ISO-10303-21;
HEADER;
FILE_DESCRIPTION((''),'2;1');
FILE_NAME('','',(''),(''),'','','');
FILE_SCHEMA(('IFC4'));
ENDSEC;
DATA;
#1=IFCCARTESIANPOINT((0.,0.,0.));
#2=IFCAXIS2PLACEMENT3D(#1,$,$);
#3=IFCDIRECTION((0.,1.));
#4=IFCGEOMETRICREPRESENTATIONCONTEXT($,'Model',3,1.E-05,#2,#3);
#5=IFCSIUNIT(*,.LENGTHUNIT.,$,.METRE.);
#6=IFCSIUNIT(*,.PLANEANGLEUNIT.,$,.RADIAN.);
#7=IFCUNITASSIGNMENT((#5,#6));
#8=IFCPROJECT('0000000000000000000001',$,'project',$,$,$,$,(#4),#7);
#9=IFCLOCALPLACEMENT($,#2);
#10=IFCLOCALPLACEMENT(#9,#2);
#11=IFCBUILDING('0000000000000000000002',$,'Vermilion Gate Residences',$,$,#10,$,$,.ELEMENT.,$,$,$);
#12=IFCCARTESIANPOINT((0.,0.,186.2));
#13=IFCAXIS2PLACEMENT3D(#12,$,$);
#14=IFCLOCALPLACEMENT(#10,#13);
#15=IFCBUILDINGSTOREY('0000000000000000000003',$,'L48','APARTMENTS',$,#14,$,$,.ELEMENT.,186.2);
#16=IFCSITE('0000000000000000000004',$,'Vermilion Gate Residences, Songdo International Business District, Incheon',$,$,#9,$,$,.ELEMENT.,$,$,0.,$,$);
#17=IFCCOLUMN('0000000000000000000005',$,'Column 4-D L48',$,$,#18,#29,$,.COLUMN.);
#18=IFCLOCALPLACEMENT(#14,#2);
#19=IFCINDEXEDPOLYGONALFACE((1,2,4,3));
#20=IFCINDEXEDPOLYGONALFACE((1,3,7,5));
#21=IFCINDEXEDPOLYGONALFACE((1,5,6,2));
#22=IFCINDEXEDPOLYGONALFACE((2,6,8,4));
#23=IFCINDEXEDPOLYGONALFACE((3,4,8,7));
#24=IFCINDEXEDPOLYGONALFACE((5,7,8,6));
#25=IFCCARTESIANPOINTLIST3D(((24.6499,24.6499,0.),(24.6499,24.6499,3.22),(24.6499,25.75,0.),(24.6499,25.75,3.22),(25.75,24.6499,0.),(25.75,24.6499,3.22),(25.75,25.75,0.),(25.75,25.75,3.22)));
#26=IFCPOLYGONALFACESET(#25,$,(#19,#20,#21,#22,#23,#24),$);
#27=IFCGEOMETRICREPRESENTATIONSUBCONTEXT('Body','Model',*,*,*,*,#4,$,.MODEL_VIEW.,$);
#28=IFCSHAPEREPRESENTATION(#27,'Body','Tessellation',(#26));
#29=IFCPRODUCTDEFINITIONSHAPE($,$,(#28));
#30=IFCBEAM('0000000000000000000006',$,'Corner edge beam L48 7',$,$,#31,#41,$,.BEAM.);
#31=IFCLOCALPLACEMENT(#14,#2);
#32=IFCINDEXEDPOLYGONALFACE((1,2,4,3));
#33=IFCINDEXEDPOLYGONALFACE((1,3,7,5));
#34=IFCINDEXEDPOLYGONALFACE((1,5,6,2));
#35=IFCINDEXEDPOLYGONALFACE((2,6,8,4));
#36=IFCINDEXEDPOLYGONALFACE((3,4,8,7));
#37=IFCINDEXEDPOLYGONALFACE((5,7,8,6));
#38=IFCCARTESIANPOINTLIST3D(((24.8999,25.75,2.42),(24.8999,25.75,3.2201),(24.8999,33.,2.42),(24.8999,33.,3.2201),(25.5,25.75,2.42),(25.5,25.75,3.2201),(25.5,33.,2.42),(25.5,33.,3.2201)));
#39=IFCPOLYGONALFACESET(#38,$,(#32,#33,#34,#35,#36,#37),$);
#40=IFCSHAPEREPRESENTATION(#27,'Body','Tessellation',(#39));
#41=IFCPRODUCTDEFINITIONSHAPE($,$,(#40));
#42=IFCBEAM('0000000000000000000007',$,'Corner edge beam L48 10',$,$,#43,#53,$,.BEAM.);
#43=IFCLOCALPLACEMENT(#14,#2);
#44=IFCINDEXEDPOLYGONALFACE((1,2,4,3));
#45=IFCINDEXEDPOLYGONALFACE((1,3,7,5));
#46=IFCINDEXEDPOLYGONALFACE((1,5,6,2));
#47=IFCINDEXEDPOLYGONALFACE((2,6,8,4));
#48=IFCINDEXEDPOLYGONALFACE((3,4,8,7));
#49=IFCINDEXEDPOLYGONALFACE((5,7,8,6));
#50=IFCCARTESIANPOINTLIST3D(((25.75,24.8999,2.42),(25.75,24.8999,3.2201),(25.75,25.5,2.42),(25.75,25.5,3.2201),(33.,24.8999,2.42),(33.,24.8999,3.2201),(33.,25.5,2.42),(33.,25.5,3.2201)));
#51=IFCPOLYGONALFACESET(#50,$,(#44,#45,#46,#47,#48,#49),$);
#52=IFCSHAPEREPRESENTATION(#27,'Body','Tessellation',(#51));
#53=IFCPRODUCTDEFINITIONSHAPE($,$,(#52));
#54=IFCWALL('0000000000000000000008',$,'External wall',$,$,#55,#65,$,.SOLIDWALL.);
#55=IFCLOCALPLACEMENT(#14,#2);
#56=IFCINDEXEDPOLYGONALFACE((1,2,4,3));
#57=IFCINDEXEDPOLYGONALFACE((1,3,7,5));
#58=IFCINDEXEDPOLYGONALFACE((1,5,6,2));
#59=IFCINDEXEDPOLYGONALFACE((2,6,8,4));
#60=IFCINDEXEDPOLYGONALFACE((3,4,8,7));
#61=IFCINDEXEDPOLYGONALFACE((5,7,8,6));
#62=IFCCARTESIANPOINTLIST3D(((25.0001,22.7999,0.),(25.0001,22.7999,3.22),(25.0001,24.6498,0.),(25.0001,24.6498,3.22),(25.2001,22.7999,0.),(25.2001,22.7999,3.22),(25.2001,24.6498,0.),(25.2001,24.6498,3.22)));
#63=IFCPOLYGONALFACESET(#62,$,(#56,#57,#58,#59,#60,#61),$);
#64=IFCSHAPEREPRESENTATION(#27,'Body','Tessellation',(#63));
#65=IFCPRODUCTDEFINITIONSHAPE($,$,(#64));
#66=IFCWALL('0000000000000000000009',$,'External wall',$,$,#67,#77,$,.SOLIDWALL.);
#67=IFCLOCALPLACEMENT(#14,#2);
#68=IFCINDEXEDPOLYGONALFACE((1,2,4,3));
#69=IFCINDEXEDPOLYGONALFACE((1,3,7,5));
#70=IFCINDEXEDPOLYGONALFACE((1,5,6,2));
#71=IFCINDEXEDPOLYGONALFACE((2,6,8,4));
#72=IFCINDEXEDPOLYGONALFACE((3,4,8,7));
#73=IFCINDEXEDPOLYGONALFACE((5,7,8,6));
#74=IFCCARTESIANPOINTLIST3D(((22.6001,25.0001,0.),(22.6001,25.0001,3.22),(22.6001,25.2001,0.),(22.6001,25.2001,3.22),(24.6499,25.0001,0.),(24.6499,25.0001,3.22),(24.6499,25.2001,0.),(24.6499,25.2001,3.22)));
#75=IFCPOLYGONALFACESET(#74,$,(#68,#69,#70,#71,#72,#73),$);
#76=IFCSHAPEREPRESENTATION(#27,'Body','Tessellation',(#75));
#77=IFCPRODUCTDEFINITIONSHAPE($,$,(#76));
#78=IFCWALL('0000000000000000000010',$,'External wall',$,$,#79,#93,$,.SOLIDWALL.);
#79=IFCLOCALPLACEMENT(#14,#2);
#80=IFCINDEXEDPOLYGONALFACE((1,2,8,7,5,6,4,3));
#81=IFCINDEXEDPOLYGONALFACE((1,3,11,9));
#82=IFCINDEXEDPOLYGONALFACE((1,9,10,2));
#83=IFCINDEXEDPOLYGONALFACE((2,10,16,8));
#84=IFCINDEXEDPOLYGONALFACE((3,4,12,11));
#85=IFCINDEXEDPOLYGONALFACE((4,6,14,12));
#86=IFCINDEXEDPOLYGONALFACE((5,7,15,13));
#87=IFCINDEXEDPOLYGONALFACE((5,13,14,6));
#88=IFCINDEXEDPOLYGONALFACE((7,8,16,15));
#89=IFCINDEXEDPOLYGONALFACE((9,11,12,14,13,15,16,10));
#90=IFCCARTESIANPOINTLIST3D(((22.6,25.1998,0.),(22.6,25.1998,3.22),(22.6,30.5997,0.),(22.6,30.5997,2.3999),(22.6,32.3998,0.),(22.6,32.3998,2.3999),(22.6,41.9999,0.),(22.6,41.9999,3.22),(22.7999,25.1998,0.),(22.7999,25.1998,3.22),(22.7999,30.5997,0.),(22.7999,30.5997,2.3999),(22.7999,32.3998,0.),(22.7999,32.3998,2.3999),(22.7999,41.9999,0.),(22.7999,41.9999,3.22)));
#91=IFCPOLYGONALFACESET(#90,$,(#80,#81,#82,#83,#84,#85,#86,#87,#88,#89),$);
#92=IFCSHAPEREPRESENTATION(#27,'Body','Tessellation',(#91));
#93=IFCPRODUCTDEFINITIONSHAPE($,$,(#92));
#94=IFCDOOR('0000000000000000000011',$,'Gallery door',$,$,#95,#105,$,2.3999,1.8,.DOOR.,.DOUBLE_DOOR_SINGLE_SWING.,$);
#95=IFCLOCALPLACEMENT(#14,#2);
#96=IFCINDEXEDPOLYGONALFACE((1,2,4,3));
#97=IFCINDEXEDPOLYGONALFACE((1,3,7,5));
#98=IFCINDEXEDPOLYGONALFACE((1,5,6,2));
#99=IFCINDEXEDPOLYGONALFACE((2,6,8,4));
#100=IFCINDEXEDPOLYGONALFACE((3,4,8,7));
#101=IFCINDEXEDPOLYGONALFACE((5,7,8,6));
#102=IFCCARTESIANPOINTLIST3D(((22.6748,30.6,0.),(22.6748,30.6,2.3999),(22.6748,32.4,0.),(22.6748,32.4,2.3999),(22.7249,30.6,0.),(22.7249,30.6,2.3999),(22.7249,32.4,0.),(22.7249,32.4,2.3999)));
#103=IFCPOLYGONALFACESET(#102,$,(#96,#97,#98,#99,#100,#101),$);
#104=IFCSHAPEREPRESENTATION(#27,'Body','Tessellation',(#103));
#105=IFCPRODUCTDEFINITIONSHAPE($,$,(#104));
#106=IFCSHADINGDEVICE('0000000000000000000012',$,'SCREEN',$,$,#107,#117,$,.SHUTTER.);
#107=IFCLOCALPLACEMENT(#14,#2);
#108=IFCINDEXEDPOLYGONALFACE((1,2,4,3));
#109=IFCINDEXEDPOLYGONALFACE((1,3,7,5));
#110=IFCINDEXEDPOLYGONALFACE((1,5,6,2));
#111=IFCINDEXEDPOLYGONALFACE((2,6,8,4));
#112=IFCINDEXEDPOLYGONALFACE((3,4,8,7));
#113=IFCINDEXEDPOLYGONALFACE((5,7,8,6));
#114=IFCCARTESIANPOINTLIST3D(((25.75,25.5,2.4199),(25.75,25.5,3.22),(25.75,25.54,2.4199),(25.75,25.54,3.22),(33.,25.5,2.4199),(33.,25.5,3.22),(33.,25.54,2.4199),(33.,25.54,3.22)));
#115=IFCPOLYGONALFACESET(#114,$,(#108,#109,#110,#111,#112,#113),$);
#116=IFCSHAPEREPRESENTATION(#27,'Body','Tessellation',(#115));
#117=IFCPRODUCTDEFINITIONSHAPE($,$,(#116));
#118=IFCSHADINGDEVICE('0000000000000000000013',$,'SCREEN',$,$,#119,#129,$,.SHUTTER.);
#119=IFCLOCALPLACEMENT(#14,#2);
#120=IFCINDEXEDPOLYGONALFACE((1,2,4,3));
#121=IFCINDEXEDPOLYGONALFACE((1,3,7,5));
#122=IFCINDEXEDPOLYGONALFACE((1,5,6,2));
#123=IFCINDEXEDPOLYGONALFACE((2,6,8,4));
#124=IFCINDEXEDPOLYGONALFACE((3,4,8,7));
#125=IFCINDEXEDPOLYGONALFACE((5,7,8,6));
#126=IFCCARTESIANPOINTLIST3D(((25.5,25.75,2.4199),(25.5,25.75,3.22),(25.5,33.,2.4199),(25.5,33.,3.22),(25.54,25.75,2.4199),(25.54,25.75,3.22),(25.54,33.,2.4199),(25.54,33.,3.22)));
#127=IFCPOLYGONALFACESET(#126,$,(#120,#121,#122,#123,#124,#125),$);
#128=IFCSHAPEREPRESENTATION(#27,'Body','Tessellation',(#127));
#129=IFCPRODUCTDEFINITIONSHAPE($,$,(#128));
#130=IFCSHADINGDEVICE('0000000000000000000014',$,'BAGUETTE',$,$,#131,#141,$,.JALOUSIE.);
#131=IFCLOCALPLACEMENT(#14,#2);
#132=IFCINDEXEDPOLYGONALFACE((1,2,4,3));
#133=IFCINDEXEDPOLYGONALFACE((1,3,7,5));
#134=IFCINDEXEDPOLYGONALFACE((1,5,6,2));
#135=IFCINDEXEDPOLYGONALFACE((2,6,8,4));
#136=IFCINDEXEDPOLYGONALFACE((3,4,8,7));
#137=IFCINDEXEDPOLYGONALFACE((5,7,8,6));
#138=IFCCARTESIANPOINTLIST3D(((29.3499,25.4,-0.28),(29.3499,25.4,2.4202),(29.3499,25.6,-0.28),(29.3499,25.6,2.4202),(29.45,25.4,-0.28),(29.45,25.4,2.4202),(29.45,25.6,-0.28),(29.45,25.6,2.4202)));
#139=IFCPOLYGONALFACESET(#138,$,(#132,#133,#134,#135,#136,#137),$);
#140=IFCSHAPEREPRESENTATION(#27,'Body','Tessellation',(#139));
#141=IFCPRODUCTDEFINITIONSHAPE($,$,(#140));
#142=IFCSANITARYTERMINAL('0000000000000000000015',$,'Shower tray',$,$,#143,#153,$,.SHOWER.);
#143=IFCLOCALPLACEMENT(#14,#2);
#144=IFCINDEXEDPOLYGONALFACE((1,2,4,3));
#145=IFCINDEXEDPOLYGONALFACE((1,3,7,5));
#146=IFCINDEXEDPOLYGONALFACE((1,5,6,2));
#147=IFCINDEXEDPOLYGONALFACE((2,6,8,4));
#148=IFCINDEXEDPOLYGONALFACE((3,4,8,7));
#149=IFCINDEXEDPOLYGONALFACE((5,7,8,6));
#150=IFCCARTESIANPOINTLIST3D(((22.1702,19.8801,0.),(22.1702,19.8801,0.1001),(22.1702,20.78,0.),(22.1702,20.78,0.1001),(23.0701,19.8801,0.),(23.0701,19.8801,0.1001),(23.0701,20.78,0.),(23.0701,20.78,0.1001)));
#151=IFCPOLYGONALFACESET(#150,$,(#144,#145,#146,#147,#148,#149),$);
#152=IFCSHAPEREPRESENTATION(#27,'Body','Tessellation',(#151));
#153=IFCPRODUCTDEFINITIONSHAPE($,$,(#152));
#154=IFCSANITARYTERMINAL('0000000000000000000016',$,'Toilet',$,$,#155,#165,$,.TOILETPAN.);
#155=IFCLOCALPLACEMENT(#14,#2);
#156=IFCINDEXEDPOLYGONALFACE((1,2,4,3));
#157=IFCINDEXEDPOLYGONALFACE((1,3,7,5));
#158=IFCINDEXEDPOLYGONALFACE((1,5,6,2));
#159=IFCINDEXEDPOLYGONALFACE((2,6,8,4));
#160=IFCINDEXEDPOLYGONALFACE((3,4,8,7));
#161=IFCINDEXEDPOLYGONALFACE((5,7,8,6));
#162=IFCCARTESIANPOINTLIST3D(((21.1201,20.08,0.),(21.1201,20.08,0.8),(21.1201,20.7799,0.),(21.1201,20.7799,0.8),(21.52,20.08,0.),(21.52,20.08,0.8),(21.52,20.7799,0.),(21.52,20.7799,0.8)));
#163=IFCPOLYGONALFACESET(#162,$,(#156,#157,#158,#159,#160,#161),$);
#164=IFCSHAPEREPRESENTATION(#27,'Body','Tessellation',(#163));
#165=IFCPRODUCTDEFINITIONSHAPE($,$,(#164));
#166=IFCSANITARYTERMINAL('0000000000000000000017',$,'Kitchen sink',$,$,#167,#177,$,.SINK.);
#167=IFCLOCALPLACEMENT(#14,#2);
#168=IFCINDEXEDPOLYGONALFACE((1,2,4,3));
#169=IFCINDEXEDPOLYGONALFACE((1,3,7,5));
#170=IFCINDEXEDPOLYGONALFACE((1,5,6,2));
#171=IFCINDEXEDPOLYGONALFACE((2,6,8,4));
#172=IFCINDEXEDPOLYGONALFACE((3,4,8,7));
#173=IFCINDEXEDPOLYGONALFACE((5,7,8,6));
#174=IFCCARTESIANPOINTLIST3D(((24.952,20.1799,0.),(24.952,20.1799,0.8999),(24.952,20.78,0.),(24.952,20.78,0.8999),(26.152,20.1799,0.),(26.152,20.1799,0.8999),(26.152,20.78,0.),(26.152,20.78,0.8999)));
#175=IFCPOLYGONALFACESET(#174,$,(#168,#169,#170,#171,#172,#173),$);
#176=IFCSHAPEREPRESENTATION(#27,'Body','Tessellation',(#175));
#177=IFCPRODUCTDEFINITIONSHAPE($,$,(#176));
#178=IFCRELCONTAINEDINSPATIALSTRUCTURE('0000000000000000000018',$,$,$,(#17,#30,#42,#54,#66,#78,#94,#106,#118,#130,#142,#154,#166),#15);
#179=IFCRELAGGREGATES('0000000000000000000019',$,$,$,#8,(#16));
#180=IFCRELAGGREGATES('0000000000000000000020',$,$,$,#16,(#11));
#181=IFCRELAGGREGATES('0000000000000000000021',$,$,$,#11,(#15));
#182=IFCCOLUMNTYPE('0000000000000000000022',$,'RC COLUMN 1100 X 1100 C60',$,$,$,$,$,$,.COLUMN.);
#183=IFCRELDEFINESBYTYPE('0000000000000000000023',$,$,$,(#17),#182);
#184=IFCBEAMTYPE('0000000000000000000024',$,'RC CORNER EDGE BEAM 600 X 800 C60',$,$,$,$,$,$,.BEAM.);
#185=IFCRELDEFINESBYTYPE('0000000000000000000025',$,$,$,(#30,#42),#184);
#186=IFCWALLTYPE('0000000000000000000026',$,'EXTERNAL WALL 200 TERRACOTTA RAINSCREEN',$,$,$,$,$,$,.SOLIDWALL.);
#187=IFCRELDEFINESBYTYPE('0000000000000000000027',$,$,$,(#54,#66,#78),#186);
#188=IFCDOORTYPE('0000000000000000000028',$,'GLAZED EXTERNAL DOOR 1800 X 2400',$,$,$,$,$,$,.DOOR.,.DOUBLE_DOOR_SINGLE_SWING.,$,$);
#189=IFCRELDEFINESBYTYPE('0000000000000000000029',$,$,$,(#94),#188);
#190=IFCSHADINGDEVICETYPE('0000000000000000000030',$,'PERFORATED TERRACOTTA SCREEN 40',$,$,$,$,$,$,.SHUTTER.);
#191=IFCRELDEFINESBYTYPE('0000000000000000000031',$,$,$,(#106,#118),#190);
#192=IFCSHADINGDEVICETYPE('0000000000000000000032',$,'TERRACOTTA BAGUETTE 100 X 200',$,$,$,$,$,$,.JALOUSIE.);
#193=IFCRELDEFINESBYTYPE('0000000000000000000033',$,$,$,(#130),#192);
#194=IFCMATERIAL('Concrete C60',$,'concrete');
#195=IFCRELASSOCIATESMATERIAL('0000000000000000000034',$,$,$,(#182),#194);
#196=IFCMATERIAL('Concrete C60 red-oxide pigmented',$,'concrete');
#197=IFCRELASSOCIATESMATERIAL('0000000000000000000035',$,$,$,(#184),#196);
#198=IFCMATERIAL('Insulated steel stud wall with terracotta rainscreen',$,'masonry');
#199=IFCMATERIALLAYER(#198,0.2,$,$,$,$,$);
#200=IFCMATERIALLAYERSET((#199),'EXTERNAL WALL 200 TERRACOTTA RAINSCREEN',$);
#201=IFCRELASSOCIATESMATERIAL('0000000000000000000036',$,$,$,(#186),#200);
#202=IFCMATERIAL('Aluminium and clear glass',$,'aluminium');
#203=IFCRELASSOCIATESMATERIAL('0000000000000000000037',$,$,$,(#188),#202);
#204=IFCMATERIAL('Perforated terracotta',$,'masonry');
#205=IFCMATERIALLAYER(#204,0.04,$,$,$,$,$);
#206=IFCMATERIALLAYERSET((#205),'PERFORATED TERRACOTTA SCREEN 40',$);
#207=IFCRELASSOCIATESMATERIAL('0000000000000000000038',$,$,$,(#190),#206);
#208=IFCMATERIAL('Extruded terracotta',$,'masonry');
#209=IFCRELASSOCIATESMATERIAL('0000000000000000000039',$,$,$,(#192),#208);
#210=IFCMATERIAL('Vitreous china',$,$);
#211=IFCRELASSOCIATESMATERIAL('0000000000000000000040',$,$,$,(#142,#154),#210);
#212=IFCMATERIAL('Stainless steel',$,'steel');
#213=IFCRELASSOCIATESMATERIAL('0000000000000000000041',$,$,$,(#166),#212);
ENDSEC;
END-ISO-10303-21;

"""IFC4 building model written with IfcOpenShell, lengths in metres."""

from ifc_helpers import new_model, si_unit, direction, frame, frame_2d, origin, origin_2d, place, context, subcontext, project, spatial, rectangle, extrude, material, layer, layer_set, material_profile, profile_set, type_object, element, fill, save


model = new_model("IFC4")

# Units and contexts
model_context = context("Model", 3, precision=1e-05, world=origin(), true_north=direction((0.0, 1.0)))
body_context = subcontext(model_context, "Body", "Model", "MODEL_VIEW")
ifc_project = project(units=[si_unit("LENGTHUNIT", "METRE"), si_unit("PLANEANGLEUNIT", "RADIAN")], contexts=[model_context])

# Site, building, storey
site_placement = place(None, origin())
site = spatial("IfcSite", under=ifc_project, at=site_placement, Name="Vermilion Gate Residences, Songdo International Business District, Incheon", CompositionType="ELEMENT", RefElevation=0.0)
building_placement = place(site_placement, origin())
building = spatial("IfcBuilding", under=site, at=building_placement, Name="Vermilion Gate Residences", CompositionType="ELEMENT")
storey_placement = place(building_placement, frame((0.0, 0.0, 186.2)))
storey = spatial("IfcBuildingStorey", under=building, at=storey_placement, Name="L48", Description="APARTMENTS", CompositionType="ELEMENT", Elevation=186.2)

# Column
ifc_material_1 = material(Name="Concrete C60", Category="concrete")
ifc_material_profile_1 = material_profile(ifc_material_1, rectangle(XDim=1.1001, YDim=1.1001, at=origin_2d()), Name="RC-1100x1100")
ifc_profile_set_1 = profile_set([ifc_material_profile_1], Name="Concrete C60")
column_type = type_object("IfcColumnType", Name="RC COLUMN 1100 X 1100 C60", PredefinedType="COLUMN", material=ifc_profile_set_1)
column_placement = place(storey_placement, frame((25.2, 25.2, 0.0), z_axis=(0.0, 0.0, 1.0), x_axis=(1.0, 0.0, 0.0)))
element("IfcColumn", 1, at=column_placement, inside=storey, type_object=column_type, Name="Column 4-D L48", PredefinedType="COLUMN", context=body_context, shape_type="SweptSolid", body=[
    extrude(rectangle(XDim=1.1001, YDim=1.1001, at=origin_2d()), origin(), (0.0, 0.0, 1.0), 3.22),
])

# Beams
ifc_material_2 = material(Name="Concrete C60 red-oxide pigmented", Category="concrete")
ifc_material_profile_2 = material_profile(ifc_material_2, rectangle(XDim=0.6001, YDim=0.8, at=origin_2d()), Name="RC-600x800")
ifc_profile_set_2 = profile_set([ifc_material_profile_2], Name="Concrete C60 red-oxide pigmented")
beam_type = type_object("IfcBeamType", Name="RC CORNER EDGE BEAM 600 X 800 C60", PredefinedType="BEAM", material=ifc_profile_set_2)
for number, where, z_axis, x_axis, name in (
    (2, (25.2, 25.75, 2.8201), (0.0, 1.0, 0.0), (-1.0, 0.0, 0.0), "Corner edge beam L48 7"),
    (3, (25.75, 25.2, 2.8201), (1.0, 0.0, 0.0), (0.0, 1.0, 0.0), "Corner edge beam L48 10"),
):
    element("IfcBeam", number, at=place(storey_placement, frame(where, z_axis=z_axis, x_axis=x_axis)), inside=storey, type_object=beam_type, Name=name, PredefinedType="BEAM", context=body_context, shape_type="SweptSolid", body=[
        extrude(rectangle(XDim=0.6001, YDim=0.8, at=origin_2d()), origin(), (0.0, 0.0, 1.0), 7.25),
    ])

# Walls
ifc_material_3 = material(Name="Insulated steel stud wall with terracotta rainscreen", Category="masonry")
ifc_layer_1 = layer(ifc_material_3, 0.2)
ifc_layer_set_1 = layer_set([ifc_layer_1], Name="EXTERNAL WALL 200 TERRACOTTA RAINSCREEN")
wall_type = type_object("IfcWallType", Name="EXTERNAL WALL 200 TERRACOTTA RAINSCREEN", PredefinedType="SOLIDWALL", material=ifc_layer_set_1)
wall_1_placement = place(storey_placement, frame((25.1001, 22.8, 0.0), z_axis=(0.0, 0.0, 1.0), x_axis=(0.0, 1.0, 0.0)))
element("IfcWall", 4, at=wall_1_placement, inside=storey, type_object=wall_type, Name="External wall", PredefinedType="SOLIDWALL", context=body_context, shape_type="SweptSolid", body=[
    extrude(rectangle(XDim=1.8499, YDim=0.2, at=frame_2d((0.9248, 0.0))), origin(), (0.0, 0.0, 1.0), 3.22),
])
wall_2_placement = place(storey_placement, frame((24.6499, 25.1001, 0.0), z_axis=(0.0, 0.0, 1.0), x_axis=(-1.0, 0.0, 0.0)))
element("IfcWall", 5, at=wall_2_placement, inside=storey, type_object=wall_type, Name="External wall", PredefinedType="SOLIDWALL", context=body_context, shape_type="SweptSolid", body=[
    extrude(rectangle(XDim=2.0498, YDim=0.2, at=frame_2d((1.0249, 0.0))), origin(), (0.0, 0.0, 1.0), 3.22),
])

# Wall, opening, door
wall_3_placement = place(storey_placement, frame((22.7, 25.2, 0.0), z_axis=(0.0, 0.0, 1.0), x_axis=(0.0, 1.0, 0.0)))
wall_3 = element("IfcWall", 6, at=wall_3_placement, inside=storey, type_object=wall_type, Name="External wall", PredefinedType="SOLIDWALL", context=body_context, shape_type="SweptSolid", body=[
    extrude(rectangle(XDim=16.8, YDim=0.2, at=frame_2d((8.3999, 0.0))), origin(), (0.0, 0.0, 1.0), 3.22),
])
opening_placement = place(wall_3_placement, frame((5.3999, 0.0, 0.0)))
opening = element("IfcOpeningElement", 7, at=opening_placement, cuts=wall_3, PredefinedType="OPENING", context=body_context, shape_type="SweptSolid", body=[
    extrude(rectangle(XDim=1.8, YDim=2.3999, at=frame_2d((0.8999, 1.2))), frame((0.0, 0.1099, 0.0), z_axis=(0.0, -1.0, 0.0), x_axis=(1.0, 0.0, 0.0)), (0.0, 0.0, 1.0), 0.22),
])
ifc_material_4 = material(Name="Aluminium and clear glass", Category="aluminium")
door_type = type_object("IfcDoorType", Name="GLAZED EXTERNAL DOOR 1800 X 2400", OperationType="DOUBLE_DOOR_SINGLE_SWING", PredefinedType="DOOR", material=ifc_material_4)
door_placement = place(opening_placement, frame((1.8, 0.0, 0.0), z_axis=(0.0, 0.0, 1.0), x_axis=(-1.0, 0.0, 0.0)))
door = element("IfcDoor", 8, at=door_placement, inside=storey, type_object=door_type, Name="Gallery door", OperationType="DOUBLE_DOOR_SINGLE_SWING", OverallHeight=2.3999, OverallWidth=1.8, PredefinedType="DOOR", context=body_context, shape_type="SweptSolid", body=[
    extrude(rectangle(XDim=1.8, YDim=2.3999, at=frame_2d((0.8999, 1.2))), frame((0.0, 0.0249, 0.0), z_axis=(0.0, -1.0, 0.0), x_axis=(1.0, 0.0, 0.0)), (0.0, 0.0, 1.0), 0.05),
])
fill(opening, door)

# Shading devices
ifc_material_5 = material(Name="Perforated terracotta", Category="masonry")
ifc_layer_2 = layer(ifc_material_5, 0.04)
ifc_layer_set_2 = layer_set([ifc_layer_2], Name="PERFORATED TERRACOTTA SCREEN 40")
shading_device_type_1 = type_object("IfcShadingDeviceType", Name="PERFORATED TERRACOTTA SCREEN 40", PredefinedType="SHUTTER", material=ifc_layer_set_2)
for number, where, z_axis, x_axis, name in (
    (9, (29.375, 25.52, 2.4199), (0.0, 0.0, 1.0), (-1.0, 0.0, 0.0), "SCREEN"),
    (10, (25.52, 29.375, 2.4199), (0.0, 0.0, 1.0), (0.0, 1.0, 0.0), "SCREEN"),
):
    element("IfcShadingDevice", number, at=place(storey_placement, frame(where, z_axis=z_axis, x_axis=x_axis)), inside=storey, type_object=shading_device_type_1, Name=name, PredefinedType="SHUTTER", context=body_context, shape_type="SweptSolid", body=[
        extrude(rectangle(XDim=7.25, YDim=0.04, at=origin_2d()), origin(), (0.0, 0.0, 1.0), 0.8),
    ])
ifc_material_6 = material(Name="Extruded terracotta", Category="masonry")
ifc_material_profile_3 = material_profile(ifc_material_6, rectangle(XDim=0.2, YDim=0.1001, at=origin_2d()), Name="BAGUETTE 100 X 200")
ifc_profile_set_3 = profile_set([ifc_material_profile_3], Name="Extruded terracotta")
shading_device_type_2 = type_object("IfcShadingDeviceType", Name="TERRACOTTA BAGUETTE 100 X 200", PredefinedType="JALOUSIE", material=ifc_profile_set_3)
shading_device_placement = place(storey_placement, frame((29.3999, 25.5, -0.28), z_axis=(0.0, 0.0, 1.0), x_axis=(0.0, -1.0, 0.0)))
element("IfcShadingDevice", 11, at=shading_device_placement, inside=storey, type_object=shading_device_type_2, Name="BAGUETTE", PredefinedType="JALOUSIE", context=body_context, shape_type="SweptSolid", body=[
    extrude(rectangle(XDim=0.2, YDim=0.1001, at=origin_2d()), origin(), (0.0, 0.0, 1.0), 2.7002),
])

# Sanitary terminals
ifc_material_7 = material(Name="Vitreous china")
sanitary_terminal_1_placement = place(storey_placement, frame((22.6201, 20.3301, 0.0), z_axis=(0.0, 0.0, 1.0), x_axis=(1.0, 0.0, 0.0)))
element("IfcSanitaryTerminal", 12, at=sanitary_terminal_1_placement, inside=storey, material=ifc_material_7, Name="Shower tray", PredefinedType="SHOWER", context=body_context, shape_type="SweptSolid", body=[
    extrude(rectangle(XDim=0.8999, YDim=0.8999, at=origin_2d()), origin(), (0.0, 0.0, 1.0), 0.1001),
])
sanitary_terminal_2_placement = place(storey_placement, frame((21.3201, 20.4299, 0.0), z_axis=(0.0, 0.0, 1.0), x_axis=(1.0, 0.0, 0.0)))
element("IfcSanitaryTerminal", 13, at=sanitary_terminal_2_placement, inside=storey, material=ifc_material_7, Name="Toilet", PredefinedType="TOILETPAN", context=body_context, shape_type="SweptSolid", body=[
    extrude(rectangle(XDim=0.3999, YDim=0.7, at=origin_2d()), origin(), (0.0, 0.0, 1.0), 0.8),
])
ifc_material_8 = material(Name="Stainless steel", Category="steel")
sanitary_terminal_3_placement = place(storey_placement, frame((25.552, 20.48, 0.0), z_axis=(0.0, 0.0, 1.0), x_axis=(1.0, 0.0, 0.0)))
element("IfcSanitaryTerminal", 14, at=sanitary_terminal_3_placement, inside=storey, material=ifc_material_8, Name="Kitchen sink", PredefinedType="SINK", context=body_context, shape_type="SweptSolid", body=[
    extrude(rectangle(XDim=1.2, YDim=0.6001, at=origin_2d()), origin(), (0.0, 0.0, 1.0), 0.8999),
])

save(model, "model.ifc")
